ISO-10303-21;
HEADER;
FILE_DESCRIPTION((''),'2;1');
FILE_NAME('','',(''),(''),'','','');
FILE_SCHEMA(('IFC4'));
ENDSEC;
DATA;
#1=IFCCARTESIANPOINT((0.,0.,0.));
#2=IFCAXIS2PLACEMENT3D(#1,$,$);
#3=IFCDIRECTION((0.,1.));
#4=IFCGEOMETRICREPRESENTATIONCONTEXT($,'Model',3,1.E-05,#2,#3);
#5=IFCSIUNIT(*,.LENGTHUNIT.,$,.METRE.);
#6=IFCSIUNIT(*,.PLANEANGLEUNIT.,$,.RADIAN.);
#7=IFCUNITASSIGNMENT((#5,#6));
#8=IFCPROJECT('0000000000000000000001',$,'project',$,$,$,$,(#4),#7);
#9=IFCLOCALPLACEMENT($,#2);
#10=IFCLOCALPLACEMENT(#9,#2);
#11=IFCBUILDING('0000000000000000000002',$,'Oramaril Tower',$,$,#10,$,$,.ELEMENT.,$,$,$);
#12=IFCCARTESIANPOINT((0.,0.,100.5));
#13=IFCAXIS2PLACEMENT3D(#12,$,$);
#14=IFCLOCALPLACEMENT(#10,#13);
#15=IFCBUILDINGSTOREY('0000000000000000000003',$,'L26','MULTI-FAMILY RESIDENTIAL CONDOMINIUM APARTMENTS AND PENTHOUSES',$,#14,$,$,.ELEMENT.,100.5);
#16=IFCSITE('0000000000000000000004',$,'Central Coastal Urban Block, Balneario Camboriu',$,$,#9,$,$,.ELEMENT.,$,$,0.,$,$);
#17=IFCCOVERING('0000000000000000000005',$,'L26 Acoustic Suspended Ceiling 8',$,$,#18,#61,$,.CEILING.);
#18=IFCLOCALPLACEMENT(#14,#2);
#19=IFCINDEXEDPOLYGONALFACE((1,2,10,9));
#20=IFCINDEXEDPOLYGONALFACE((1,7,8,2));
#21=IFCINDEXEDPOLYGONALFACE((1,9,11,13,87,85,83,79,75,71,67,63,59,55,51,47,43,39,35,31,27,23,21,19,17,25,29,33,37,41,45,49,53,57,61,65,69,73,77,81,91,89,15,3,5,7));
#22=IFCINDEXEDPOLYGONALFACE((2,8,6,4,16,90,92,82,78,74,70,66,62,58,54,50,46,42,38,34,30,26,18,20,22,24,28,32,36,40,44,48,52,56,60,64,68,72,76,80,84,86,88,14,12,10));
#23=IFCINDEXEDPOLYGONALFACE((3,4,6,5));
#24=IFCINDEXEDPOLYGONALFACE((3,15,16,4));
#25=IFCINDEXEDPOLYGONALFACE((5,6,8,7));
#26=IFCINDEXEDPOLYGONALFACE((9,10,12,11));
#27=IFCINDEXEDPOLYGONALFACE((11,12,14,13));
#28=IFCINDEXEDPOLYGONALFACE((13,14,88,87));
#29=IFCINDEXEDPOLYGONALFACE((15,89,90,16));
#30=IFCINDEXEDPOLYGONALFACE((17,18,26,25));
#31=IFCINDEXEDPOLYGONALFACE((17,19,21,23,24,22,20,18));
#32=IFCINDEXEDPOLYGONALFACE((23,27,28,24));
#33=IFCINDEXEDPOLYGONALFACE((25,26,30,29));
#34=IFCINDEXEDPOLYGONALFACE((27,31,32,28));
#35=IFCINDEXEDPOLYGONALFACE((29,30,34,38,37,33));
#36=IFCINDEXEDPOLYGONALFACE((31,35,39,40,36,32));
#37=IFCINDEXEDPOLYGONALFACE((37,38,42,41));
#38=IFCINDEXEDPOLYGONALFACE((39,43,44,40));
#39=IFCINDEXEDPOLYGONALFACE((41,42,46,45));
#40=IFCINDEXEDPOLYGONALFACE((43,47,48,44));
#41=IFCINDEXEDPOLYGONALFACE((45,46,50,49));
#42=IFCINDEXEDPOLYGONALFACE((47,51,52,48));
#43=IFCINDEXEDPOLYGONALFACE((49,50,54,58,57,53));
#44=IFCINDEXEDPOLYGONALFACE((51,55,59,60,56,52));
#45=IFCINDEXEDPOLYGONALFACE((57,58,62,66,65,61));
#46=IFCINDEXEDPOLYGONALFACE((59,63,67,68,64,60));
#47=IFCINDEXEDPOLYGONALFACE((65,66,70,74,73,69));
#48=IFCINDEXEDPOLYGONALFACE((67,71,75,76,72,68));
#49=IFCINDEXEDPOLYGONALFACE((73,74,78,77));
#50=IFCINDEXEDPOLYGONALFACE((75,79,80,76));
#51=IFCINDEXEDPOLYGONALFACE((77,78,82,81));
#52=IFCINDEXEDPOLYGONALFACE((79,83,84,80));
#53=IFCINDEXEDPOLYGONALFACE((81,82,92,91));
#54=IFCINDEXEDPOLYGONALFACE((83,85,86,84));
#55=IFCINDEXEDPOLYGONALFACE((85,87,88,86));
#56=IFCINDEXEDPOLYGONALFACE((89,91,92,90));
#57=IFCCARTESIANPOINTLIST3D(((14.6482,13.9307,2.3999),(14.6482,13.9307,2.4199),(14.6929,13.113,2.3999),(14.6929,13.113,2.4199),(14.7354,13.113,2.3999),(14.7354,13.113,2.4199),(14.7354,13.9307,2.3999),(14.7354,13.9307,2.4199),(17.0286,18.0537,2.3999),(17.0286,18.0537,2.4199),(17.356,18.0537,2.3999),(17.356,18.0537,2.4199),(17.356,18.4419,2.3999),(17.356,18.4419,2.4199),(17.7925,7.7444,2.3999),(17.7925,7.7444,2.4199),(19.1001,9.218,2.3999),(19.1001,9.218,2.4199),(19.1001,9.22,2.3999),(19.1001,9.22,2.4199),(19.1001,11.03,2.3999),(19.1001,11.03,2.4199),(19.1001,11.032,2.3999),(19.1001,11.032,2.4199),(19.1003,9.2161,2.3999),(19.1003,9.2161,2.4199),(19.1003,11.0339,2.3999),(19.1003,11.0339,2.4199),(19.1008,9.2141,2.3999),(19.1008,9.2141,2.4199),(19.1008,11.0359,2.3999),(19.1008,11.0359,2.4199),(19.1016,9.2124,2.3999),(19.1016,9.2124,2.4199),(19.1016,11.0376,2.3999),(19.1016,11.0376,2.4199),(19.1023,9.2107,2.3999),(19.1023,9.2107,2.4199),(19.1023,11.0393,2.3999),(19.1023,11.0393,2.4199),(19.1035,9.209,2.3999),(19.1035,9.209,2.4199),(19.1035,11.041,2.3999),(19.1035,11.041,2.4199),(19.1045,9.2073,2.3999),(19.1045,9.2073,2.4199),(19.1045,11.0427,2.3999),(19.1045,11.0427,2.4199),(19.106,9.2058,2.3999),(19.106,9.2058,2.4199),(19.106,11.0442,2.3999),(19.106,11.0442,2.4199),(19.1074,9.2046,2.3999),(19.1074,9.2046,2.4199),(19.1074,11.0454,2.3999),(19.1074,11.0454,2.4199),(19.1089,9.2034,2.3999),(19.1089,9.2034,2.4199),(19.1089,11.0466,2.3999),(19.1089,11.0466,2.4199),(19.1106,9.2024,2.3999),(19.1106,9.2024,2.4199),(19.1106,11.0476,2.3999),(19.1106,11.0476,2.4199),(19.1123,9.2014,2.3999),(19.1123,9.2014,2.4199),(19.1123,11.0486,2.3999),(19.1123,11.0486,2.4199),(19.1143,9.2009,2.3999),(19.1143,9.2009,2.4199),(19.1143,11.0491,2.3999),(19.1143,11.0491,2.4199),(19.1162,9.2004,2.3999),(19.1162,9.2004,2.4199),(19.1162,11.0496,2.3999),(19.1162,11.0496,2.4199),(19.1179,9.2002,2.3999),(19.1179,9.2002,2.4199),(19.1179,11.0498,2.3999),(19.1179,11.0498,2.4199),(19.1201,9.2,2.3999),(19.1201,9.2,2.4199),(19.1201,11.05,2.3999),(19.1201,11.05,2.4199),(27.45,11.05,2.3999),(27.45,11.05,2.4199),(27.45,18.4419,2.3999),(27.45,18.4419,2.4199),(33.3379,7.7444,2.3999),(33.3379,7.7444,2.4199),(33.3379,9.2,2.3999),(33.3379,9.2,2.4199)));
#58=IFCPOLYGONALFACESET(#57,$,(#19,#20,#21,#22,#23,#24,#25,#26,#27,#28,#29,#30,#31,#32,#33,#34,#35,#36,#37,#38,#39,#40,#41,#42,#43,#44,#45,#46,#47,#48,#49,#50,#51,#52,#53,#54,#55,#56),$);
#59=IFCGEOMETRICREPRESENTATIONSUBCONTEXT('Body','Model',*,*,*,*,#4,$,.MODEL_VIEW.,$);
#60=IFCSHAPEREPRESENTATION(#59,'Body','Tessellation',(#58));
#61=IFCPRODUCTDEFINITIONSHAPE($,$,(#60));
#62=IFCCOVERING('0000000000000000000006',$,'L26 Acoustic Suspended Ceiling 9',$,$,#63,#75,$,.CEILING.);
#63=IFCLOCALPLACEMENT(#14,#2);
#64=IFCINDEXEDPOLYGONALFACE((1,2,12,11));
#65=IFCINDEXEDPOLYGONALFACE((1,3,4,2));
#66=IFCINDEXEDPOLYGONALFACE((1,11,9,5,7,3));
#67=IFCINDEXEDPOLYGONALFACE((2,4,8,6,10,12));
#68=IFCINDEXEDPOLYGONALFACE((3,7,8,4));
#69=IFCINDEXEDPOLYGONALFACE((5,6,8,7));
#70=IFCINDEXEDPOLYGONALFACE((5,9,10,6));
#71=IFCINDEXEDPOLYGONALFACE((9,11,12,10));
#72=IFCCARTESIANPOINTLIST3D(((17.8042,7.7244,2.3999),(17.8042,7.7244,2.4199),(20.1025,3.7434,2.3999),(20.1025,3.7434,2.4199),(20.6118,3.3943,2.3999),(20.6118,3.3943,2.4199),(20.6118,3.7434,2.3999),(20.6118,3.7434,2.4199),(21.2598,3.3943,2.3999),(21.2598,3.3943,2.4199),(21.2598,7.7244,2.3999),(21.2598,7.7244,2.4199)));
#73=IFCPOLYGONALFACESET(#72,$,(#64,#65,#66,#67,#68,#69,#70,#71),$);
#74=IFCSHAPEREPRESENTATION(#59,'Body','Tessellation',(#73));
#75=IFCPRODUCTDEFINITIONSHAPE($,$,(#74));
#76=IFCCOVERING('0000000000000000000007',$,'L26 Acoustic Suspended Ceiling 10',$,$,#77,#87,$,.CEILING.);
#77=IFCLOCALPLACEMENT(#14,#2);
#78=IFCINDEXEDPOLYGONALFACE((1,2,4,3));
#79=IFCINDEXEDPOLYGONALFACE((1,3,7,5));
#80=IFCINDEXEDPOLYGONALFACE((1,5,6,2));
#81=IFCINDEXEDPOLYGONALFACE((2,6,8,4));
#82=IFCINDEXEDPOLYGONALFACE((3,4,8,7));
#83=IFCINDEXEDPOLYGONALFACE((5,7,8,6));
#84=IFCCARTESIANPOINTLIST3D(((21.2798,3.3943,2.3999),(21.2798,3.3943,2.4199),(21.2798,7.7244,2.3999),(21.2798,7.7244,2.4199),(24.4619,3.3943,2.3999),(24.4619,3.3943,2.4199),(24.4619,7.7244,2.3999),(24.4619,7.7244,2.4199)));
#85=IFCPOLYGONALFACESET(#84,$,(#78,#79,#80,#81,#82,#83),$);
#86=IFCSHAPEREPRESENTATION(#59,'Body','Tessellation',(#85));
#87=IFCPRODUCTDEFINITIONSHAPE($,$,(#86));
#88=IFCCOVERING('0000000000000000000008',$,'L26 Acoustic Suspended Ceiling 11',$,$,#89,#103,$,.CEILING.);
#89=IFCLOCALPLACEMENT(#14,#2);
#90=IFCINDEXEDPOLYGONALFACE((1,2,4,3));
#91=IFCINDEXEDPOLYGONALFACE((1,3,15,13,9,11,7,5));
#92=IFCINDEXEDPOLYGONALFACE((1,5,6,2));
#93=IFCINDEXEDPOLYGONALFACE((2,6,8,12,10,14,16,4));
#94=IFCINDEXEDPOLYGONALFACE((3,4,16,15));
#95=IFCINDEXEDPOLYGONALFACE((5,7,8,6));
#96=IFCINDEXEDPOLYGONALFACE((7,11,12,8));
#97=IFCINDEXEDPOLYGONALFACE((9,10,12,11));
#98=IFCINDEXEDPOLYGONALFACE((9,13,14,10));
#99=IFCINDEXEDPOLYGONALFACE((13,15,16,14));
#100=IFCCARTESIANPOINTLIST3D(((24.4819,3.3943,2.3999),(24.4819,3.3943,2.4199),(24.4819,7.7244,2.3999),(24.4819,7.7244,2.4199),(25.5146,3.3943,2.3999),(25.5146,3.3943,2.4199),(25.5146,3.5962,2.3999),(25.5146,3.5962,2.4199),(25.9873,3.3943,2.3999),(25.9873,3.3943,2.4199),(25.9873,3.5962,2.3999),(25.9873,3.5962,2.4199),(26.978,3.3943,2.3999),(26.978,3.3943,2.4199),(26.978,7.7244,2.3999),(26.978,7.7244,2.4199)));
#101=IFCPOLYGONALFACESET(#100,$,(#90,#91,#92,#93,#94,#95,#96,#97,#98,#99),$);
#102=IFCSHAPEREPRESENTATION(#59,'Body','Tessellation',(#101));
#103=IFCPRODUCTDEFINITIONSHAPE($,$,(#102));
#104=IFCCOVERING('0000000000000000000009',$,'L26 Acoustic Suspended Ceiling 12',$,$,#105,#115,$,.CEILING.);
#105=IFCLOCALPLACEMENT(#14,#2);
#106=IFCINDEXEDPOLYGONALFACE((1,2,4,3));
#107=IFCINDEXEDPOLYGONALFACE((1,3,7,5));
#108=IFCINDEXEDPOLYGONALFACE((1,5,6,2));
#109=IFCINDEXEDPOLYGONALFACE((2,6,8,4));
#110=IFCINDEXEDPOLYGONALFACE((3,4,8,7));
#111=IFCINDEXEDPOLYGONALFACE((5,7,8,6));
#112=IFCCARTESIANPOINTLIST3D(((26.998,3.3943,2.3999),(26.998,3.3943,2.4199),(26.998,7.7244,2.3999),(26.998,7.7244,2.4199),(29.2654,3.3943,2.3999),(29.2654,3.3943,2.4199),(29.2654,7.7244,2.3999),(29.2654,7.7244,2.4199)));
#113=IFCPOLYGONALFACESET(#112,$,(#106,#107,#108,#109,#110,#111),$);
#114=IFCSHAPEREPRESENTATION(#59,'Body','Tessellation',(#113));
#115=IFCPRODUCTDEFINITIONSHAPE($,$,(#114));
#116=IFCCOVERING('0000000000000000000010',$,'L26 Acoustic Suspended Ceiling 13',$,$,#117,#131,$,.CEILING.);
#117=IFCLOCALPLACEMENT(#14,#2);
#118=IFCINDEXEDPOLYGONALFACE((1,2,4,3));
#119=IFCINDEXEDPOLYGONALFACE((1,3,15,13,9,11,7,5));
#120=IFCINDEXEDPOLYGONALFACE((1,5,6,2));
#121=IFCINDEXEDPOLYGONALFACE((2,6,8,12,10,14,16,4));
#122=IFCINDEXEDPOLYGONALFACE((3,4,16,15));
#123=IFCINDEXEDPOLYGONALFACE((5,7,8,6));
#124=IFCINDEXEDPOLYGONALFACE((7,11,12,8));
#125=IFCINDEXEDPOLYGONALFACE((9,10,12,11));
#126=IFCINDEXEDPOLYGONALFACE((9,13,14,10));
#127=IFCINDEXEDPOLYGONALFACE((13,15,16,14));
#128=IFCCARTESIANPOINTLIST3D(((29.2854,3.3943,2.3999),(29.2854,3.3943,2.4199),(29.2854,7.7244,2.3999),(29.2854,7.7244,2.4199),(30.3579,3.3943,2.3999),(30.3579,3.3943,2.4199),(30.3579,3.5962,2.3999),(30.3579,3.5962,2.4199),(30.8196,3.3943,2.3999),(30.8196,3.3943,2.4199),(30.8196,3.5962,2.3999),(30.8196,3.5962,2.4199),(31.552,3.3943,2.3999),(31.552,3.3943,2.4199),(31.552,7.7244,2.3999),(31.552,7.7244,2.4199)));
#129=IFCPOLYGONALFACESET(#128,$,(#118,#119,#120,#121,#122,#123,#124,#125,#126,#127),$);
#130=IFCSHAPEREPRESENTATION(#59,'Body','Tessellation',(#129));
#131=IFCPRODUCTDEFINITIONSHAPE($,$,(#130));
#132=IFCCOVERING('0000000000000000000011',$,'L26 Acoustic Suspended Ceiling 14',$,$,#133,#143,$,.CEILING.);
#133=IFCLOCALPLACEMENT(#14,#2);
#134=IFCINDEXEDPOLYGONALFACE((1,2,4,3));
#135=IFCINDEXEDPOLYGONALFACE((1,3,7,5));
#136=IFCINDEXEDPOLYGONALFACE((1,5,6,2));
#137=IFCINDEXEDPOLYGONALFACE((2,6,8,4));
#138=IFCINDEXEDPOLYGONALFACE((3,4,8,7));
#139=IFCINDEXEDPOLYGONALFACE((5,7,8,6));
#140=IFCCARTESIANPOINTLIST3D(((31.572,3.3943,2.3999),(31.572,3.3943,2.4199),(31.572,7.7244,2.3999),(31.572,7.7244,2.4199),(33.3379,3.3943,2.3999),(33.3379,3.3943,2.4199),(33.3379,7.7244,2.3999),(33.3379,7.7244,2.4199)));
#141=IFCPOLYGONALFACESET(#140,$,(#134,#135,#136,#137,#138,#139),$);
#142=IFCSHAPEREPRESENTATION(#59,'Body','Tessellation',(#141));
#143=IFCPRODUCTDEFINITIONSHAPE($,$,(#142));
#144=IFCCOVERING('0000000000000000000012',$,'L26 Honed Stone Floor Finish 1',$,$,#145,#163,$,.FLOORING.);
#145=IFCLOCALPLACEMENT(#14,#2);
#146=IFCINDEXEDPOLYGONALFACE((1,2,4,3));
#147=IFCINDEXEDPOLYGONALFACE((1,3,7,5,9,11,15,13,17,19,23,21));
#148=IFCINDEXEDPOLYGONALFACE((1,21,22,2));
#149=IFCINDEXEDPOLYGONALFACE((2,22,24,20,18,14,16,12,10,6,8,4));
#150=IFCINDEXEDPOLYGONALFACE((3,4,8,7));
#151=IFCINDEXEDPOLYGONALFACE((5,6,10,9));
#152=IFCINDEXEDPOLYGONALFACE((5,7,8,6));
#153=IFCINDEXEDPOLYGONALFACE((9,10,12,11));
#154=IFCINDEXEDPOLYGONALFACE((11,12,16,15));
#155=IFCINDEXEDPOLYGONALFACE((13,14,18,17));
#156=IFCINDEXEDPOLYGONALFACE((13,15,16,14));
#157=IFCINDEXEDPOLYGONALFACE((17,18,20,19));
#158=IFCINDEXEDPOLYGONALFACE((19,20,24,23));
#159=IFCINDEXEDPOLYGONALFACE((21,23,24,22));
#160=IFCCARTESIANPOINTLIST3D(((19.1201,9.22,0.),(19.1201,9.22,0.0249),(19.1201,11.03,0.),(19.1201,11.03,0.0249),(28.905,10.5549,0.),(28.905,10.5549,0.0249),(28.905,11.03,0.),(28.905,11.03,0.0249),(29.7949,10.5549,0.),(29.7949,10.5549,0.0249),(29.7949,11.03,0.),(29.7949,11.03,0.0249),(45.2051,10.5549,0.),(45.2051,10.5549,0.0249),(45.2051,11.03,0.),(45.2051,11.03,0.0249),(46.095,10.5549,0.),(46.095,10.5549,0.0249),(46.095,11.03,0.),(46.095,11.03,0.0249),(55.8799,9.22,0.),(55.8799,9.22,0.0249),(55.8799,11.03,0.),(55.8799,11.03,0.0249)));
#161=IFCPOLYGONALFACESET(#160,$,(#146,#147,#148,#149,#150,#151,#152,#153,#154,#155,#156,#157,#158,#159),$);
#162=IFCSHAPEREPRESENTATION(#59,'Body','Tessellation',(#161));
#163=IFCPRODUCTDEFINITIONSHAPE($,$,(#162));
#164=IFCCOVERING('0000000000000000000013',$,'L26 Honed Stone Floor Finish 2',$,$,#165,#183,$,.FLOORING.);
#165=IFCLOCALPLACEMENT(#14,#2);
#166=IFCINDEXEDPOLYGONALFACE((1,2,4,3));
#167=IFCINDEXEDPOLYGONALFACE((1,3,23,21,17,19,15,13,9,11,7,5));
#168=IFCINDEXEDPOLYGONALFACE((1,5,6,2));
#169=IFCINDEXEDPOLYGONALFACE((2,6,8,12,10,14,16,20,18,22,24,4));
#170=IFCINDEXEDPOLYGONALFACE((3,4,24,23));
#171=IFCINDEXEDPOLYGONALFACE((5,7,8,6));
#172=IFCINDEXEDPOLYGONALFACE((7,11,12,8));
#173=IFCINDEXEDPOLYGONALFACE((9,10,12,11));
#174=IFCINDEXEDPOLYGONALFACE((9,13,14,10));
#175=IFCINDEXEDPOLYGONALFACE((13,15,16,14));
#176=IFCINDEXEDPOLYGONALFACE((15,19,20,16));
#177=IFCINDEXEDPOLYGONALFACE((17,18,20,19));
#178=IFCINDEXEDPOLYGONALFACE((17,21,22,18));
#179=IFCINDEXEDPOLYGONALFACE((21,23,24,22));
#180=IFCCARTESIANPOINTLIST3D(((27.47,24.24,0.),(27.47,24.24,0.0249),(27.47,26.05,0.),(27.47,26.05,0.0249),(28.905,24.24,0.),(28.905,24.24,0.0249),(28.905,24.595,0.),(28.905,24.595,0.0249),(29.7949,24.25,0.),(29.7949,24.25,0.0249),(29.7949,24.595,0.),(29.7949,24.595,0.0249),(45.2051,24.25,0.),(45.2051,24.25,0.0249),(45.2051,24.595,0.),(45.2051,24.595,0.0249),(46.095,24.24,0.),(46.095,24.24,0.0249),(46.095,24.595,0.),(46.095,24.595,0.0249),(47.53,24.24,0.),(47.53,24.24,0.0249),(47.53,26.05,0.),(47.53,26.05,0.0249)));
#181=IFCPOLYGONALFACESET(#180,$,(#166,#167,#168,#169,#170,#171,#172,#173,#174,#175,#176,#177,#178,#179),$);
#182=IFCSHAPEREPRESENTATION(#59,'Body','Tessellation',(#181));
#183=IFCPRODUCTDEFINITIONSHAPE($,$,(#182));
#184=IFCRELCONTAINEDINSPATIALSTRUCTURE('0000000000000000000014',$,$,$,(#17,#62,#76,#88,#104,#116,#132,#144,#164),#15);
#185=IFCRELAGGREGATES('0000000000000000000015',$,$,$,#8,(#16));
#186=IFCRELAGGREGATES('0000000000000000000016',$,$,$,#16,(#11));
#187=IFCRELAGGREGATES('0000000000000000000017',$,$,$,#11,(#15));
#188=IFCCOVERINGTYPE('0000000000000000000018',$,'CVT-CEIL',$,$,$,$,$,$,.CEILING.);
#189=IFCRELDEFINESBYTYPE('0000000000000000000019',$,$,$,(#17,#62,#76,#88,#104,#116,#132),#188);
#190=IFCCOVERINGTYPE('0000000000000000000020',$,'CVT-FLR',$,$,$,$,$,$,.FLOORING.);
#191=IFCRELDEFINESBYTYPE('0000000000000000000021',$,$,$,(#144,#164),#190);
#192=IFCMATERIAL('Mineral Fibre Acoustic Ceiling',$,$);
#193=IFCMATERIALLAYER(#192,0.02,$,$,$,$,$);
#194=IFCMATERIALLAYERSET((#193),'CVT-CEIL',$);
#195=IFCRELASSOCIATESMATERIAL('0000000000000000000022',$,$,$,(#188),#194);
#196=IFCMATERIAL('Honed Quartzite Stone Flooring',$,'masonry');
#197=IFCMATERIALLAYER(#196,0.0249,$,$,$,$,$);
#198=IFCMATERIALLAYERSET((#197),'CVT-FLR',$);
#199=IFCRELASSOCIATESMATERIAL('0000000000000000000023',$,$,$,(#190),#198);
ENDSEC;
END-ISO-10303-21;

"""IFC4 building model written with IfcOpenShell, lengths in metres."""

from ifc_helpers import new_model, si_unit, direction, frame, origin, place, context, subcontext, project, spatial, polyline, outline, extrude, material, layer, layer_set, type_object, element, save


model = new_model("IFC4")

# Units and contexts
model_context = context("Model", 3, precision=1e-05, world=origin(), true_north=direction((0.0, 1.0)))
body_context = subcontext(model_context, "Body", "Model", "MODEL_VIEW")
ifc_project = project(units=[si_unit("LENGTHUNIT", "METRE"), si_unit("PLANEANGLEUNIT", "RADIAN")], contexts=[model_context])

# Site, building, storey
site_placement = place(None, origin())
site = spatial("IfcSite", under=ifc_project, at=site_placement, Name="Central Coastal Urban Block, Balneario Camboriu", CompositionType="ELEMENT", RefElevation=0.0)
building_placement = place(site_placement, origin())
building = spatial("IfcBuilding", under=site, at=building_placement, Name="Oramaril Tower", CompositionType="ELEMENT")
storey_placement = place(building_placement, frame((0.0, 0.0, 100.5)))
storey = spatial("IfcBuildingStorey", under=building, at=storey_placement, Name="L26", Description="MULTI-FAMILY RESIDENTIAL CONDOMINIUM APARTMENTS AND PENTHOUSES", CompositionType="ELEMENT", Elevation=100.5)

# Coverings
ifc_material_1 = material(Name="Mineral Fibre Acoustic Ceiling")
ifc_layer_1 = layer(ifc_material_1, 0.02)
ifc_layer_set_1 = layer_set([ifc_layer_1], Name="CVT-CEIL")
covering_type_1 = type_object("IfcCoveringType", Name="CVT-CEIL", PredefinedType="CEILING", material=ifc_layer_set_1)
covering_1_placement = place(storey_placement, frame((0.0, 0.0, 2.3999)))
element("IfcCovering", 1, at=covering_1_placement, inside=storey, type_object=covering_type_1, Name="L26 Acoustic Suspended Ceiling 8", PredefinedType="CEILING", context=body_context, shape_type="SweptSolid", body=[
    extrude(outline(polyline([(17.356, 18.0537), (17.356, 18.4419), (27.45, 18.4419), (27.45, 11.05), (19.1201, 11.05), (19.1179, 11.0498), (19.1162, 11.0496), (19.1143, 11.0491), (19.1123, 11.0486), (19.1106, 11.0476), (19.1089, 11.0466), (19.1074, 11.0454), (19.106, 11.0442), (19.1045, 11.0427), (19.1035, 11.041), (19.1023, 11.0393), (19.1016, 11.0376), (19.1008, 11.0359), (19.1003, 11.0339), (19.1001, 11.032), (19.1001, 11.03), (19.1001, 9.22), (19.1001, 9.218), (19.1003, 9.2161), (19.1008, 9.2141), (19.1016, 9.2124), (19.1023, 9.2107), (19.1035, 9.209), (19.1045, 9.2073), (19.106, 9.2058), (19.1074, 9.2046), (19.1089, 9.2034), (19.1106, 9.2024), (19.1123, 9.2014), (19.1143, 9.2009), (19.1162, 9.2004), (19.1179, 9.2002), (19.1201, 9.2), (33.3379, 9.2), (33.3379, 7.7444), (17.7925, 7.7444), (14.6929, 13.113), (14.7354, 13.113), (14.7354, 13.9307), (14.6482, 13.9307), (17.0286, 18.0537), (17.356, 18.0537)])), origin(), (0.0, 0.0, 1.0), 0.02),
])
covering_2_placement = place(storey_placement, frame((0.0, 0.0, 2.3999)))
element("IfcCovering", 2, at=covering_2_placement, inside=storey, type_object=covering_type_1, Name="L26 Acoustic Suspended Ceiling 9", PredefinedType="CEILING", context=body_context, shape_type="SweptSolid", body=[
    extrude(outline(polyline([(20.6118, 3.3943), (20.6118, 3.7434), (20.1025, 3.7434), (17.8042, 7.7244), (21.2598, 7.7244), (21.2598, 3.3943), (20.6118, 3.3943)])), origin(), (0.0, 0.0, 1.0), 0.02),
])
covering_3_placement = place(storey_placement, frame((0.0, 0.0, 2.3999)))
element("IfcCovering", 3, at=covering_3_placement, inside=storey, type_object=covering_type_1, Name="L26 Acoustic Suspended Ceiling 10", PredefinedType="CEILING", context=body_context, shape_type="SweptSolid", body=[
    extrude(outline(polyline([(21.2798, 3.3943), (21.2798, 7.7244), (24.4619, 7.7244), (24.4619, 3.3943), (21.2798, 3.3943)])), origin(), (0.0, 0.0, 1.0), 0.02),
])
covering_4_placement = place(storey_placement, frame((0.0, 0.0, 2.3999)))
element("IfcCovering", 4, at=covering_4_placement, inside=storey, type_object=covering_type_1, Name="L26 Acoustic Suspended Ceiling 11", PredefinedType="CEILING", context=body_context, shape_type="SweptSolid", body=[
    extrude(outline(polyline([(25.9873, 3.3943), (25.9873, 3.5962), (25.5146, 3.5962), (25.5146, 3.3943), (24.4819, 3.3943), (24.4819, 7.7244), (26.978, 7.7244), (26.978, 3.3943), (25.9873, 3.3943)])), origin(), (0.0, 0.0, 1.0), 0.02),
])
covering_5_placement = place(storey_placement, frame((0.0, 0.0, 2.3999)))
element("IfcCovering", 5, at=covering_5_placement, inside=storey, type_object=covering_type_1, Name="L26 Acoustic Suspended Ceiling 12", PredefinedType="CEILING", context=body_context, shape_type="SweptSolid", body=[
    extrude(outline(polyline([(26.998, 3.3943), (26.998, 7.7244), (29.2654, 7.7244), (29.2654, 3.3943), (26.998, 3.3943)])), origin(), (0.0, 0.0, 1.0), 0.02),
])
covering_6_placement = place(storey_placement, frame((0.0, 0.0, 2.3999)))
element("IfcCovering", 6, at=covering_6_placement, inside=storey, type_object=covering_type_1, Name="L26 Acoustic Suspended Ceiling 13", PredefinedType="CEILING", context=body_context, shape_type="SweptSolid", body=[
    extrude(outline(polyline([(30.8196, 3.3943), (30.8196, 3.5962), (30.3579, 3.5962), (30.3579, 3.3943), (29.2854, 3.3943), (29.2854, 7.7244), (31.552, 7.7244), (31.552, 3.3943), (30.8196, 3.3943)])), origin(), (0.0, 0.0, 1.0), 0.02),
])
covering_7_placement = place(storey_placement, frame((0.0, 0.0, 2.3999)))
element("IfcCovering", 7, at=covering_7_placement, inside=storey, type_object=covering_type_1, Name="L26 Acoustic Suspended Ceiling 14", PredefinedType="CEILING", context=body_context, shape_type="SweptSolid", body=[
    extrude(outline(polyline([(31.572, 3.3943), (31.572, 7.7244), (33.3379, 7.7244), (33.3379, 3.3943), (31.572, 3.3943)])), origin(), (0.0, 0.0, 1.0), 0.02),
])
ifc_material_2 = material(Name="Honed Quartzite Stone Flooring", Category="masonry")
ifc_layer_2 = layer(ifc_material_2, 0.0249)
ifc_layer_set_2 = layer_set([ifc_layer_2], Name="CVT-FLR")
covering_type_2 = type_object("IfcCoveringType", Name="CVT-FLR", PredefinedType="FLOORING", material=ifc_layer_set_2)
covering_8_placement = place(storey_placement, origin())
element("IfcCovering", 8, at=covering_8_placement, inside=storey, type_object=covering_type_2, Name="L26 Honed Stone Floor Finish 1", PredefinedType="FLOORING", context=body_context, shape_type="SweptSolid", body=[
    extrude(outline(polyline([(28.905, 10.5549), (29.7949, 10.5549), (29.7949, 11.03), (45.2051, 11.03), (45.2051, 10.5549), (46.095, 10.5549), (46.095, 11.03), (55.8799, 11.03), (55.8799, 9.22), (19.1201, 9.22), (19.1201, 11.03), (28.905, 11.03), (28.905, 10.5549)])), origin(), (0.0, 0.0, 1.0), 0.0249),
])
covering_9_placement = place(storey_placement, origin())
element("IfcCovering", 9, at=covering_9_placement, inside=storey, type_object=covering_type_2, Name="L26 Honed Stone Floor Finish 2", PredefinedType="FLOORING", context=body_context, shape_type="SweptSolid", body=[
    extrude(outline(polyline([(47.53, 24.24), (46.095, 24.24), (46.095, 24.595), (45.2051, 24.595), (45.2051, 24.25), (29.7949, 24.25), (29.7949, 24.595), (28.905, 24.595), (28.905, 24.24), (27.47, 24.24), (27.47, 26.05), (47.53, 26.05), (47.53, 24.24)])), origin(), (0.0, 0.0, 1.0), 0.0249),
])

save(model, "model.ifc")
